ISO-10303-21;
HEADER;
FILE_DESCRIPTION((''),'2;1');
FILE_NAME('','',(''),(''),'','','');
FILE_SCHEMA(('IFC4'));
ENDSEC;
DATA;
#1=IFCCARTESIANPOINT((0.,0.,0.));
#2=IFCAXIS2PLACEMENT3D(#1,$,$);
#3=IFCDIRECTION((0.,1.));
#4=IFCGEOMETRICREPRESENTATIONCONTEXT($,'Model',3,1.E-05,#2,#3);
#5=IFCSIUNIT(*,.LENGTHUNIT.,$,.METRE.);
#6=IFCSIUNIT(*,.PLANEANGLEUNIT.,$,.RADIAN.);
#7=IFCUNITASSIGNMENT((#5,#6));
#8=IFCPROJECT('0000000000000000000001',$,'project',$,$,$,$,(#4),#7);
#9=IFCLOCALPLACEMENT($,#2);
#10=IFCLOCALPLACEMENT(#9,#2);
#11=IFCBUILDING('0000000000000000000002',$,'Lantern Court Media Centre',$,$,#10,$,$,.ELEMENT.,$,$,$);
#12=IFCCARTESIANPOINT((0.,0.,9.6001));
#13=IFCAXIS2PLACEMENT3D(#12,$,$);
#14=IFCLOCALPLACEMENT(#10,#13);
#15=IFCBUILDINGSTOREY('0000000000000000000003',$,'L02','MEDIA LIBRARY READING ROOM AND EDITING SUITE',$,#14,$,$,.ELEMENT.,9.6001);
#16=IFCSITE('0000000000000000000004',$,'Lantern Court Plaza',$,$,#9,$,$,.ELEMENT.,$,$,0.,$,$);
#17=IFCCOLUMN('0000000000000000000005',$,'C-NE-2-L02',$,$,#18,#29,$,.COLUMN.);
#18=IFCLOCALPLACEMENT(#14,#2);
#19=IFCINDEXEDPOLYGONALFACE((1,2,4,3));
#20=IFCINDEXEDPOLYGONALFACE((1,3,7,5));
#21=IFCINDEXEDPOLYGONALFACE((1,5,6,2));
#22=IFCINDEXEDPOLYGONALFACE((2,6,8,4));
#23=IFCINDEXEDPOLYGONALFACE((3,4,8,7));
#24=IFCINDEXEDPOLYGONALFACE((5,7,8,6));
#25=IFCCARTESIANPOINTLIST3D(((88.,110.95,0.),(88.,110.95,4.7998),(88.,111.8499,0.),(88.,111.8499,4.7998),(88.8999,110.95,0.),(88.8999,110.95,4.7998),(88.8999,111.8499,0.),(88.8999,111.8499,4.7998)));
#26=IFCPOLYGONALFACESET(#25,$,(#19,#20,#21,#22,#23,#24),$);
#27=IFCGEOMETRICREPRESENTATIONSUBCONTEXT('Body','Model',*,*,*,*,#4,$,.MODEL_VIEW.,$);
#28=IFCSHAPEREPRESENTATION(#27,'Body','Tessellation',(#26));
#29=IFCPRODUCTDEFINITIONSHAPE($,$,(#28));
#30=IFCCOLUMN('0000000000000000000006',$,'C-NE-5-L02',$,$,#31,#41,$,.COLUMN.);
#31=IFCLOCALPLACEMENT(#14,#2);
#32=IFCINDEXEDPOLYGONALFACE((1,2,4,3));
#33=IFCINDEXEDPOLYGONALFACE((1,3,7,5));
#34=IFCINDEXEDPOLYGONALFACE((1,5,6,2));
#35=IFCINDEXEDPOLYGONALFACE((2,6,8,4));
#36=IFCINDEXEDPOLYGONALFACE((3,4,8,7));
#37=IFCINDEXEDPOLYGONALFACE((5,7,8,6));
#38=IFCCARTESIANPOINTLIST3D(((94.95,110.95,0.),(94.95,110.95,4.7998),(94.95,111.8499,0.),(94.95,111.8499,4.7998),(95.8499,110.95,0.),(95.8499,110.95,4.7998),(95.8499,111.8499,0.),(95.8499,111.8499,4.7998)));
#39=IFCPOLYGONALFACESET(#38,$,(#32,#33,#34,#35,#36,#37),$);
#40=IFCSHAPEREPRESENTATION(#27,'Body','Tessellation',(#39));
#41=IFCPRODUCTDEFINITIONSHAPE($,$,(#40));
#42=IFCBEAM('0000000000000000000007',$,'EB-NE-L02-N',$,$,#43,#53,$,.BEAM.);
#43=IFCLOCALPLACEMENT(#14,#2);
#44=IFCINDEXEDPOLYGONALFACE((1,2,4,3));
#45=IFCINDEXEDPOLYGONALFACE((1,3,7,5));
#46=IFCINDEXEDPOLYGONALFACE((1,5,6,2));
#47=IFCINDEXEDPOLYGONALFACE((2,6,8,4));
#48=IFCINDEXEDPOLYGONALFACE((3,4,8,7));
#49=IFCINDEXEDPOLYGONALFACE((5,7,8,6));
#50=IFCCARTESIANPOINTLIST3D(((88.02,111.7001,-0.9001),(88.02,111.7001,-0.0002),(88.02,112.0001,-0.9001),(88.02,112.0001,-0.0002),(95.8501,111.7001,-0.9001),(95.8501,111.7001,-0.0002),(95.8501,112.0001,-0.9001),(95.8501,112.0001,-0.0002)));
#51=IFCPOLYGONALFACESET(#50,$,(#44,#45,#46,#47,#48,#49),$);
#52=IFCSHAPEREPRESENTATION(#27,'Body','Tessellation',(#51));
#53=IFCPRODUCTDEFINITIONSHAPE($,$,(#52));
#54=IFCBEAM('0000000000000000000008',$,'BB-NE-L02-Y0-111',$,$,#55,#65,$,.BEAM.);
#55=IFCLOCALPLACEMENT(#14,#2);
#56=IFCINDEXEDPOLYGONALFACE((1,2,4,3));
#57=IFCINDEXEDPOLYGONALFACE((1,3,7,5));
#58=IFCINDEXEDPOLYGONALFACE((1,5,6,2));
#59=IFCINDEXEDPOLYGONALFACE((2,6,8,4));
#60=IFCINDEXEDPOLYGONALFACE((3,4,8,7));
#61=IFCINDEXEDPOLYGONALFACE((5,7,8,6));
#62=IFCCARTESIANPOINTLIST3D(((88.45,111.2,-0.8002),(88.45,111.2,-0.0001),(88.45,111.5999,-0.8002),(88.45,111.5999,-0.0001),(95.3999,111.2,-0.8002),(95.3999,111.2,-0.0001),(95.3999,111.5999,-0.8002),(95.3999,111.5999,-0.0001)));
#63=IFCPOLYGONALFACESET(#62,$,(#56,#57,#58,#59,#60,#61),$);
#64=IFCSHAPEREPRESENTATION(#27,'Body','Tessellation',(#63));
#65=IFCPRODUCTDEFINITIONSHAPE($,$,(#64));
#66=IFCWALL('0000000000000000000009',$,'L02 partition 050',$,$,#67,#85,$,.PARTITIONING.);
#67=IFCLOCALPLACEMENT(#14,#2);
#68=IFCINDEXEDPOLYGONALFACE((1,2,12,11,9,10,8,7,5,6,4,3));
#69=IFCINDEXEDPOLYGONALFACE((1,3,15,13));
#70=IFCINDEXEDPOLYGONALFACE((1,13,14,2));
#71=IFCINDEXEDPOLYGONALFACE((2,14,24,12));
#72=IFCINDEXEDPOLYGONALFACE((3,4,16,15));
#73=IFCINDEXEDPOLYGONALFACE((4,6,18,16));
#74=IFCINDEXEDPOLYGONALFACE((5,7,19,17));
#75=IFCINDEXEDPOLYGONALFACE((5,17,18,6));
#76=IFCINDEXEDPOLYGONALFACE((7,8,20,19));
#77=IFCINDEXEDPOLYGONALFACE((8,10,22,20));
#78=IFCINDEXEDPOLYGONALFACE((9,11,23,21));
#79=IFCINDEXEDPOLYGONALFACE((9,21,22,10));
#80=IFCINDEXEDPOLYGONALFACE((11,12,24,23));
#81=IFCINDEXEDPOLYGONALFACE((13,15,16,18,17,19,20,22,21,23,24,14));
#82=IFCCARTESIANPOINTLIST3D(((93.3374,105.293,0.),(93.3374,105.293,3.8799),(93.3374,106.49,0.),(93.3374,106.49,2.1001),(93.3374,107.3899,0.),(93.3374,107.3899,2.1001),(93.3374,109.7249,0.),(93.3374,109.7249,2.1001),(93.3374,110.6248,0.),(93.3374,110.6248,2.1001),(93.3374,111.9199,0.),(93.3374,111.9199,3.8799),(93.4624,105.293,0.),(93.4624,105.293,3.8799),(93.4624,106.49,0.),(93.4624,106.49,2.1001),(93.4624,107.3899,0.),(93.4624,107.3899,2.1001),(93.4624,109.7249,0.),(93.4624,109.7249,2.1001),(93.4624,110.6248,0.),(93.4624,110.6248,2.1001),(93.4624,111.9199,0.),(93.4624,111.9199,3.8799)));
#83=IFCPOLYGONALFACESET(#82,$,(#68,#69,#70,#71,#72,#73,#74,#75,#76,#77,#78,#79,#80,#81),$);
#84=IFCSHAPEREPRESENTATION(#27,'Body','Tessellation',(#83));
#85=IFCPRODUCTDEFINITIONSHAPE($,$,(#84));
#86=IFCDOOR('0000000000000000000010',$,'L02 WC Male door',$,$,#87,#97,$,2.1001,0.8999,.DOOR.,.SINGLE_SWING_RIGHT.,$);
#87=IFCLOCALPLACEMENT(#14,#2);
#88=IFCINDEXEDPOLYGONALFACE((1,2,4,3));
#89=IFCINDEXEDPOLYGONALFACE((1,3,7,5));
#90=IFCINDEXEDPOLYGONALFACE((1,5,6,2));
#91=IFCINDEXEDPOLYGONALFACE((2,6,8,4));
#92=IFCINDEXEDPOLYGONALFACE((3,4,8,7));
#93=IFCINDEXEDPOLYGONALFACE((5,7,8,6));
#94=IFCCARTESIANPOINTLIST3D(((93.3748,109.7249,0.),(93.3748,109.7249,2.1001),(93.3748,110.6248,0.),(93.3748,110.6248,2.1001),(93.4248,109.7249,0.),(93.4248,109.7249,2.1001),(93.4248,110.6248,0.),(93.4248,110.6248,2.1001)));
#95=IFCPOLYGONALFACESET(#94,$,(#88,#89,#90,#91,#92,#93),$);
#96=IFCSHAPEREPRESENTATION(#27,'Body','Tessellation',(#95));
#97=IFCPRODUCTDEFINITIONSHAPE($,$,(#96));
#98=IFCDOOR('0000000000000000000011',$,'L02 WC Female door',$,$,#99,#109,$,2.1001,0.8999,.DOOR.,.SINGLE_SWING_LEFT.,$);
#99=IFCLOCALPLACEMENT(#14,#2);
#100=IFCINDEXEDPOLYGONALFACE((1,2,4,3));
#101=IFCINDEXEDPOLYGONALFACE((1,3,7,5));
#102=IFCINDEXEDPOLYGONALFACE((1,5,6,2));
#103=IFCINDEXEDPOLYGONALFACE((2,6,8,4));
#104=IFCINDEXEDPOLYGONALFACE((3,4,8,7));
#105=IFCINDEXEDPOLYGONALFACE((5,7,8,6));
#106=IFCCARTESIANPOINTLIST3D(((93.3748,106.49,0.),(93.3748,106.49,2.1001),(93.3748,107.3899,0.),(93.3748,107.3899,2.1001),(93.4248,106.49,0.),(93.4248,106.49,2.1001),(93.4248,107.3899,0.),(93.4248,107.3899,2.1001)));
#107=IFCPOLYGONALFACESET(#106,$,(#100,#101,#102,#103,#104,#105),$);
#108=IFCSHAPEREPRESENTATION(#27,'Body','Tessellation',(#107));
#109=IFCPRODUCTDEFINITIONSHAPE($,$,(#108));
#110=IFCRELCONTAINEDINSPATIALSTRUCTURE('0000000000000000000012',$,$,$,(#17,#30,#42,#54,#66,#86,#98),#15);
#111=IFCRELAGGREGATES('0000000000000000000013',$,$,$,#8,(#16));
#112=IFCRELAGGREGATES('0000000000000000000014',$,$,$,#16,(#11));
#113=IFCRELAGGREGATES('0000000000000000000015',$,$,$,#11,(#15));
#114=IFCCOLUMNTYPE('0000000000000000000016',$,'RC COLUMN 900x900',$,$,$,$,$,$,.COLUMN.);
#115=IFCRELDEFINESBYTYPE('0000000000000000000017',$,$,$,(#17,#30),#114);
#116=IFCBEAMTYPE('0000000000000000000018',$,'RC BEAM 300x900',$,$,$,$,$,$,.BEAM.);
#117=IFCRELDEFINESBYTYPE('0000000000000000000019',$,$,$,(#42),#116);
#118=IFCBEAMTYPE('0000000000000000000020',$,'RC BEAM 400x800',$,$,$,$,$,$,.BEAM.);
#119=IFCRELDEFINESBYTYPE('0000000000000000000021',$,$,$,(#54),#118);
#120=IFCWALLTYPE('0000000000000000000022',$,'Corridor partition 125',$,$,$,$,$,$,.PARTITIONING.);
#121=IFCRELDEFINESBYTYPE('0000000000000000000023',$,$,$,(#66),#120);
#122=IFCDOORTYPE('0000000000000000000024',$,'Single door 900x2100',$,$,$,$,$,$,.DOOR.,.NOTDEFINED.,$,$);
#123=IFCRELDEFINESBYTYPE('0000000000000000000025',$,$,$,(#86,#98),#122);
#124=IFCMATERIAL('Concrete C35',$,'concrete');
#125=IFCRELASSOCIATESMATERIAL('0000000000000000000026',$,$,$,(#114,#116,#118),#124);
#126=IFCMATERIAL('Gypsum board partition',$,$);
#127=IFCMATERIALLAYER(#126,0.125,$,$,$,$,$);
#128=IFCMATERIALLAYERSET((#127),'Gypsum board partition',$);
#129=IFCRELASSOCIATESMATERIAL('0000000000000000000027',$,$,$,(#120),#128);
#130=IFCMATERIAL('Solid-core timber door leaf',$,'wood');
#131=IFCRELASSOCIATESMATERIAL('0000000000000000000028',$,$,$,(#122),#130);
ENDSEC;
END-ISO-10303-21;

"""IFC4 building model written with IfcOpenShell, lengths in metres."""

from ifc_helpers import new_model, si_unit, direction, frame, frame_2d, origin, origin_2d, place, context, subcontext, project, spatial, rectangle, extrude, material, layer, layer_set, material_profile, profile_set, type_object, element, fill, save


model = new_model("IFC4")

# Units and contexts
model_context = context("Model", 3, precision=1e-05, world=origin(), true_north=direction((0.0, 1.0)))
body_context = subcontext(model_context, "Body", "Model", "MODEL_VIEW")
ifc_project = project(units=[si_unit("LENGTHUNIT", "METRE"), si_unit("PLANEANGLEUNIT", "RADIAN")], contexts=[model_context])

# Site, building, storey
site_placement = place(None, origin())
site = spatial("IfcSite", under=ifc_project, at=site_placement, Name="Lantern Court Plaza", CompositionType="ELEMENT", RefElevation=0.0)
building_placement = place(site_placement, origin())
building = spatial("IfcBuilding", under=site, at=building_placement, Name="Lantern Court Media Centre", CompositionType="ELEMENT")
storey_placement = place(building_placement, frame((0.0, 0.0, 9.6001)))
storey = spatial("IfcBuildingStorey", under=building, at=storey_placement, Name="L02", Description="MEDIA LIBRARY READING ROOM AND EDITING SUITE", CompositionType="ELEMENT", Elevation=9.6001)

# Columns
ifc_material_1 = material(Name="Concrete C35", Category="concrete")
ifc_material_profile_1 = material_profile(ifc_material_1, rectangle(XDim=0.8999, YDim=0.8999, at=origin_2d()), Name="RC 900x900")
ifc_profile_set_1 = profile_set([ifc_material_profile_1], Name="Concrete C35")
column_type = type_object("IfcColumnType", Name="RC COLUMN 900x900", PredefinedType="COLUMN", material=ifc_profile_set_1)
for number, where, z_axis, x_axis, name in (
    (1, (88.45, 111.3999, 0.0), (0.0, 0.0, 1.0), (1.0, 0.0, 0.0), "C-NE-2-L02"),
    (2, (95.3999, 111.3999, 0.0), (0.0, 0.0, 1.0), (1.0, 0.0, 0.0), "C-NE-5-L02"),
):
    element("IfcColumn", number, at=place(storey_placement, frame(where, z_axis=z_axis, x_axis=x_axis)), inside=storey, type_object=column_type, Name=name, PredefinedType="COLUMN", context=body_context, shape_type="SweptSolid", body=[
        extrude(rectangle(XDim=0.8999, YDim=0.8999, at=origin_2d()), origin(), (0.0, 0.0, 1.0), 4.7998),
    ])

# Beams
ifc_material_profile_2 = material_profile(ifc_material_1, rectangle(XDim=0.3, YDim=0.8999, at=origin_2d()), Name="RC 300x900")
ifc_profile_set_2 = profile_set([ifc_material_profile_2], Name="Concrete C35")
beam_type_1 = type_object("IfcBeamType", Name="RC BEAM 300x900", PredefinedType="BEAM", material=ifc_profile_set_2)
beam_1_placement = place(storey_placement, frame((88.02, 111.8501, -0.4502), z_axis=(1.0, 0.0, 0.0), x_axis=(0.0, 1.0, 0.0)))
element("IfcBeam", 3, at=beam_1_placement, inside=storey, type_object=beam_type_1, Name="EB-NE-L02-N", PredefinedType="BEAM", context=body_context, shape_type="SweptSolid", body=[
    extrude(rectangle(XDim=0.3, YDim=0.8999, at=origin_2d()), origin(), (0.0, 0.0, 1.0), 7.8301),
])
ifc_material_profile_3 = material_profile(ifc_material_1, rectangle(XDim=0.3999, YDim=0.8, at=origin_2d()), Name="RC 400x800")
ifc_profile_set_3 = profile_set([ifc_material_profile_3], Name="Concrete C35")
beam_type_2 = type_object("IfcBeamType", Name="RC BEAM 400x800", PredefinedType="BEAM", material=ifc_profile_set_3)
beam_2_placement = place(storey_placement, frame((88.45, 111.3999, -0.4001), z_axis=(1.0, 0.0, 0.0), x_axis=(0.0, 1.0, 0.0)))
element("IfcBeam", 4, at=beam_2_placement, inside=storey, type_object=beam_type_2, Name="BB-NE-L02-Y0-111", PredefinedType="BEAM", context=body_context, shape_type="SweptSolid", body=[
    extrude(rectangle(XDim=0.3999, YDim=0.8, at=origin_2d()), origin(), (0.0, 0.0, 1.0), 6.95),
])

# Wall, openings, doors
ifc_material_2 = material(Name="Gypsum board partition")
ifc_layer_1 = layer(ifc_material_2, 0.125)
ifc_layer_set_1 = layer_set([ifc_layer_1], Name="Gypsum board partition")
wall_type_1 = type_object("IfcWallType", Name="Corridor partition 125", PredefinedType="PARTITIONING", material=ifc_layer_set_1)
wall_1_placement = place(storey_placement, frame((93.3999, 105.293, 0.0), z_axis=(0.0, 0.0, 1.0), x_axis=(0.0, 1.0, 0.0)))
wall_1 = element("IfcWall", 5, at=wall_1_placement, inside=storey, type_object=wall_type_1, Name="L02 partition 050", PredefinedType="PARTITIONING", context=body_context, shape_type="SweptSolid", body=[
    extrude(rectangle(XDim=6.627, YDim=0.125, at=frame_2d((3.3135, 0.0))), origin(), (0.0, 0.0, 1.0), 3.8799),
])
opening_1_placement = place(wall_1_placement, frame((4.4319, 0.0, 0.0)))
opening_1 = element("IfcOpeningElement", 6, at=opening_1_placement, cuts=wall_1, PredefinedType="OPENING", context=body_context, shape_type="SweptSolid", body=[
    extrude(rectangle(XDim=0.8999, YDim=2.1001, at=frame_2d((0.45, 1.05))), frame((0.0, 0.0725, 0.0), z_axis=(0.0, -1.0, 0.0), x_axis=(1.0, 0.0, 0.0)), (0.0, 0.0, 1.0), 0.145),
])
opening_2_placement = place(wall_1_placement, frame((1.197, 0.0, 0.0)))
opening_2 = element("IfcOpeningElement", 7, at=opening_2_placement, cuts=wall_1, PredefinedType="OPENING", context=body_context, shape_type="SweptSolid", body=[
    extrude(rectangle(XDim=0.8999, YDim=2.1001, at=frame_2d((0.45, 1.05))), frame((0.0, 0.0725, 0.0), z_axis=(0.0, -1.0, 0.0), x_axis=(1.0, 0.0, 0.0)), (0.0, 0.0, 1.0), 0.145),
])
ifc_material_3 = material(Name="Solid-core timber door leaf", Category="wood")
door_type = type_object("IfcDoorType", Name="Single door 900x2100", OperationType="NOTDEFINED", PredefinedType="DOOR", material=ifc_material_3)
door_1_placement = place(opening_1_placement, frame((0.8999, 0.0, 0.0), z_axis=(0.0, 0.0, 1.0), x_axis=(-1.0, 0.0, 0.0)))
door_1 = element("IfcDoor", 8, at=door_1_placement, inside=storey, type_object=door_type, Name="L02 WC Male door", OperationType="SINGLE_SWING_RIGHT", OverallHeight=2.1001, OverallWidth=0.8999, PredefinedType="DOOR", context=body_context, shape_type="SweptSolid", body=[
    extrude(rectangle(XDim=0.8999, YDim=2.1001, at=frame_2d((0.45, 1.05))), frame((0.0, 0.0249, 0.0), z_axis=(0.0, -1.0, 0.0), x_axis=(1.0, 0.0, 0.0)), (0.0, 0.0, 1.0), 0.05),
])
fill(opening_1, door_1)
door_2_placement = place(opening_2_placement, frame((0.8999, 0.0, 0.0), z_axis=(0.0, 0.0, 1.0), x_axis=(-1.0, 0.0, 0.0)))
door_2 = element("IfcDoor", 9, at=door_2_placement, inside=storey, type_object=door_type, Name="L02 WC Female door", OperationType="SINGLE_SWING_LEFT", OverallHeight=2.1001, OverallWidth=0.8999, PredefinedType="DOOR", context=body_context, shape_type="SweptSolid", body=[
    extrude(rectangle(XDim=0.8999, YDim=2.1001, at=frame_2d((0.45, 1.05))), frame((0.0, 0.0249, 0.0), z_axis=(0.0, -1.0, 0.0), x_axis=(1.0, 0.0, 0.0)), (0.0, 0.0, 1.0), 0.05),
])
fill(opening_2, door_2)

save(model, "model.ifc")
